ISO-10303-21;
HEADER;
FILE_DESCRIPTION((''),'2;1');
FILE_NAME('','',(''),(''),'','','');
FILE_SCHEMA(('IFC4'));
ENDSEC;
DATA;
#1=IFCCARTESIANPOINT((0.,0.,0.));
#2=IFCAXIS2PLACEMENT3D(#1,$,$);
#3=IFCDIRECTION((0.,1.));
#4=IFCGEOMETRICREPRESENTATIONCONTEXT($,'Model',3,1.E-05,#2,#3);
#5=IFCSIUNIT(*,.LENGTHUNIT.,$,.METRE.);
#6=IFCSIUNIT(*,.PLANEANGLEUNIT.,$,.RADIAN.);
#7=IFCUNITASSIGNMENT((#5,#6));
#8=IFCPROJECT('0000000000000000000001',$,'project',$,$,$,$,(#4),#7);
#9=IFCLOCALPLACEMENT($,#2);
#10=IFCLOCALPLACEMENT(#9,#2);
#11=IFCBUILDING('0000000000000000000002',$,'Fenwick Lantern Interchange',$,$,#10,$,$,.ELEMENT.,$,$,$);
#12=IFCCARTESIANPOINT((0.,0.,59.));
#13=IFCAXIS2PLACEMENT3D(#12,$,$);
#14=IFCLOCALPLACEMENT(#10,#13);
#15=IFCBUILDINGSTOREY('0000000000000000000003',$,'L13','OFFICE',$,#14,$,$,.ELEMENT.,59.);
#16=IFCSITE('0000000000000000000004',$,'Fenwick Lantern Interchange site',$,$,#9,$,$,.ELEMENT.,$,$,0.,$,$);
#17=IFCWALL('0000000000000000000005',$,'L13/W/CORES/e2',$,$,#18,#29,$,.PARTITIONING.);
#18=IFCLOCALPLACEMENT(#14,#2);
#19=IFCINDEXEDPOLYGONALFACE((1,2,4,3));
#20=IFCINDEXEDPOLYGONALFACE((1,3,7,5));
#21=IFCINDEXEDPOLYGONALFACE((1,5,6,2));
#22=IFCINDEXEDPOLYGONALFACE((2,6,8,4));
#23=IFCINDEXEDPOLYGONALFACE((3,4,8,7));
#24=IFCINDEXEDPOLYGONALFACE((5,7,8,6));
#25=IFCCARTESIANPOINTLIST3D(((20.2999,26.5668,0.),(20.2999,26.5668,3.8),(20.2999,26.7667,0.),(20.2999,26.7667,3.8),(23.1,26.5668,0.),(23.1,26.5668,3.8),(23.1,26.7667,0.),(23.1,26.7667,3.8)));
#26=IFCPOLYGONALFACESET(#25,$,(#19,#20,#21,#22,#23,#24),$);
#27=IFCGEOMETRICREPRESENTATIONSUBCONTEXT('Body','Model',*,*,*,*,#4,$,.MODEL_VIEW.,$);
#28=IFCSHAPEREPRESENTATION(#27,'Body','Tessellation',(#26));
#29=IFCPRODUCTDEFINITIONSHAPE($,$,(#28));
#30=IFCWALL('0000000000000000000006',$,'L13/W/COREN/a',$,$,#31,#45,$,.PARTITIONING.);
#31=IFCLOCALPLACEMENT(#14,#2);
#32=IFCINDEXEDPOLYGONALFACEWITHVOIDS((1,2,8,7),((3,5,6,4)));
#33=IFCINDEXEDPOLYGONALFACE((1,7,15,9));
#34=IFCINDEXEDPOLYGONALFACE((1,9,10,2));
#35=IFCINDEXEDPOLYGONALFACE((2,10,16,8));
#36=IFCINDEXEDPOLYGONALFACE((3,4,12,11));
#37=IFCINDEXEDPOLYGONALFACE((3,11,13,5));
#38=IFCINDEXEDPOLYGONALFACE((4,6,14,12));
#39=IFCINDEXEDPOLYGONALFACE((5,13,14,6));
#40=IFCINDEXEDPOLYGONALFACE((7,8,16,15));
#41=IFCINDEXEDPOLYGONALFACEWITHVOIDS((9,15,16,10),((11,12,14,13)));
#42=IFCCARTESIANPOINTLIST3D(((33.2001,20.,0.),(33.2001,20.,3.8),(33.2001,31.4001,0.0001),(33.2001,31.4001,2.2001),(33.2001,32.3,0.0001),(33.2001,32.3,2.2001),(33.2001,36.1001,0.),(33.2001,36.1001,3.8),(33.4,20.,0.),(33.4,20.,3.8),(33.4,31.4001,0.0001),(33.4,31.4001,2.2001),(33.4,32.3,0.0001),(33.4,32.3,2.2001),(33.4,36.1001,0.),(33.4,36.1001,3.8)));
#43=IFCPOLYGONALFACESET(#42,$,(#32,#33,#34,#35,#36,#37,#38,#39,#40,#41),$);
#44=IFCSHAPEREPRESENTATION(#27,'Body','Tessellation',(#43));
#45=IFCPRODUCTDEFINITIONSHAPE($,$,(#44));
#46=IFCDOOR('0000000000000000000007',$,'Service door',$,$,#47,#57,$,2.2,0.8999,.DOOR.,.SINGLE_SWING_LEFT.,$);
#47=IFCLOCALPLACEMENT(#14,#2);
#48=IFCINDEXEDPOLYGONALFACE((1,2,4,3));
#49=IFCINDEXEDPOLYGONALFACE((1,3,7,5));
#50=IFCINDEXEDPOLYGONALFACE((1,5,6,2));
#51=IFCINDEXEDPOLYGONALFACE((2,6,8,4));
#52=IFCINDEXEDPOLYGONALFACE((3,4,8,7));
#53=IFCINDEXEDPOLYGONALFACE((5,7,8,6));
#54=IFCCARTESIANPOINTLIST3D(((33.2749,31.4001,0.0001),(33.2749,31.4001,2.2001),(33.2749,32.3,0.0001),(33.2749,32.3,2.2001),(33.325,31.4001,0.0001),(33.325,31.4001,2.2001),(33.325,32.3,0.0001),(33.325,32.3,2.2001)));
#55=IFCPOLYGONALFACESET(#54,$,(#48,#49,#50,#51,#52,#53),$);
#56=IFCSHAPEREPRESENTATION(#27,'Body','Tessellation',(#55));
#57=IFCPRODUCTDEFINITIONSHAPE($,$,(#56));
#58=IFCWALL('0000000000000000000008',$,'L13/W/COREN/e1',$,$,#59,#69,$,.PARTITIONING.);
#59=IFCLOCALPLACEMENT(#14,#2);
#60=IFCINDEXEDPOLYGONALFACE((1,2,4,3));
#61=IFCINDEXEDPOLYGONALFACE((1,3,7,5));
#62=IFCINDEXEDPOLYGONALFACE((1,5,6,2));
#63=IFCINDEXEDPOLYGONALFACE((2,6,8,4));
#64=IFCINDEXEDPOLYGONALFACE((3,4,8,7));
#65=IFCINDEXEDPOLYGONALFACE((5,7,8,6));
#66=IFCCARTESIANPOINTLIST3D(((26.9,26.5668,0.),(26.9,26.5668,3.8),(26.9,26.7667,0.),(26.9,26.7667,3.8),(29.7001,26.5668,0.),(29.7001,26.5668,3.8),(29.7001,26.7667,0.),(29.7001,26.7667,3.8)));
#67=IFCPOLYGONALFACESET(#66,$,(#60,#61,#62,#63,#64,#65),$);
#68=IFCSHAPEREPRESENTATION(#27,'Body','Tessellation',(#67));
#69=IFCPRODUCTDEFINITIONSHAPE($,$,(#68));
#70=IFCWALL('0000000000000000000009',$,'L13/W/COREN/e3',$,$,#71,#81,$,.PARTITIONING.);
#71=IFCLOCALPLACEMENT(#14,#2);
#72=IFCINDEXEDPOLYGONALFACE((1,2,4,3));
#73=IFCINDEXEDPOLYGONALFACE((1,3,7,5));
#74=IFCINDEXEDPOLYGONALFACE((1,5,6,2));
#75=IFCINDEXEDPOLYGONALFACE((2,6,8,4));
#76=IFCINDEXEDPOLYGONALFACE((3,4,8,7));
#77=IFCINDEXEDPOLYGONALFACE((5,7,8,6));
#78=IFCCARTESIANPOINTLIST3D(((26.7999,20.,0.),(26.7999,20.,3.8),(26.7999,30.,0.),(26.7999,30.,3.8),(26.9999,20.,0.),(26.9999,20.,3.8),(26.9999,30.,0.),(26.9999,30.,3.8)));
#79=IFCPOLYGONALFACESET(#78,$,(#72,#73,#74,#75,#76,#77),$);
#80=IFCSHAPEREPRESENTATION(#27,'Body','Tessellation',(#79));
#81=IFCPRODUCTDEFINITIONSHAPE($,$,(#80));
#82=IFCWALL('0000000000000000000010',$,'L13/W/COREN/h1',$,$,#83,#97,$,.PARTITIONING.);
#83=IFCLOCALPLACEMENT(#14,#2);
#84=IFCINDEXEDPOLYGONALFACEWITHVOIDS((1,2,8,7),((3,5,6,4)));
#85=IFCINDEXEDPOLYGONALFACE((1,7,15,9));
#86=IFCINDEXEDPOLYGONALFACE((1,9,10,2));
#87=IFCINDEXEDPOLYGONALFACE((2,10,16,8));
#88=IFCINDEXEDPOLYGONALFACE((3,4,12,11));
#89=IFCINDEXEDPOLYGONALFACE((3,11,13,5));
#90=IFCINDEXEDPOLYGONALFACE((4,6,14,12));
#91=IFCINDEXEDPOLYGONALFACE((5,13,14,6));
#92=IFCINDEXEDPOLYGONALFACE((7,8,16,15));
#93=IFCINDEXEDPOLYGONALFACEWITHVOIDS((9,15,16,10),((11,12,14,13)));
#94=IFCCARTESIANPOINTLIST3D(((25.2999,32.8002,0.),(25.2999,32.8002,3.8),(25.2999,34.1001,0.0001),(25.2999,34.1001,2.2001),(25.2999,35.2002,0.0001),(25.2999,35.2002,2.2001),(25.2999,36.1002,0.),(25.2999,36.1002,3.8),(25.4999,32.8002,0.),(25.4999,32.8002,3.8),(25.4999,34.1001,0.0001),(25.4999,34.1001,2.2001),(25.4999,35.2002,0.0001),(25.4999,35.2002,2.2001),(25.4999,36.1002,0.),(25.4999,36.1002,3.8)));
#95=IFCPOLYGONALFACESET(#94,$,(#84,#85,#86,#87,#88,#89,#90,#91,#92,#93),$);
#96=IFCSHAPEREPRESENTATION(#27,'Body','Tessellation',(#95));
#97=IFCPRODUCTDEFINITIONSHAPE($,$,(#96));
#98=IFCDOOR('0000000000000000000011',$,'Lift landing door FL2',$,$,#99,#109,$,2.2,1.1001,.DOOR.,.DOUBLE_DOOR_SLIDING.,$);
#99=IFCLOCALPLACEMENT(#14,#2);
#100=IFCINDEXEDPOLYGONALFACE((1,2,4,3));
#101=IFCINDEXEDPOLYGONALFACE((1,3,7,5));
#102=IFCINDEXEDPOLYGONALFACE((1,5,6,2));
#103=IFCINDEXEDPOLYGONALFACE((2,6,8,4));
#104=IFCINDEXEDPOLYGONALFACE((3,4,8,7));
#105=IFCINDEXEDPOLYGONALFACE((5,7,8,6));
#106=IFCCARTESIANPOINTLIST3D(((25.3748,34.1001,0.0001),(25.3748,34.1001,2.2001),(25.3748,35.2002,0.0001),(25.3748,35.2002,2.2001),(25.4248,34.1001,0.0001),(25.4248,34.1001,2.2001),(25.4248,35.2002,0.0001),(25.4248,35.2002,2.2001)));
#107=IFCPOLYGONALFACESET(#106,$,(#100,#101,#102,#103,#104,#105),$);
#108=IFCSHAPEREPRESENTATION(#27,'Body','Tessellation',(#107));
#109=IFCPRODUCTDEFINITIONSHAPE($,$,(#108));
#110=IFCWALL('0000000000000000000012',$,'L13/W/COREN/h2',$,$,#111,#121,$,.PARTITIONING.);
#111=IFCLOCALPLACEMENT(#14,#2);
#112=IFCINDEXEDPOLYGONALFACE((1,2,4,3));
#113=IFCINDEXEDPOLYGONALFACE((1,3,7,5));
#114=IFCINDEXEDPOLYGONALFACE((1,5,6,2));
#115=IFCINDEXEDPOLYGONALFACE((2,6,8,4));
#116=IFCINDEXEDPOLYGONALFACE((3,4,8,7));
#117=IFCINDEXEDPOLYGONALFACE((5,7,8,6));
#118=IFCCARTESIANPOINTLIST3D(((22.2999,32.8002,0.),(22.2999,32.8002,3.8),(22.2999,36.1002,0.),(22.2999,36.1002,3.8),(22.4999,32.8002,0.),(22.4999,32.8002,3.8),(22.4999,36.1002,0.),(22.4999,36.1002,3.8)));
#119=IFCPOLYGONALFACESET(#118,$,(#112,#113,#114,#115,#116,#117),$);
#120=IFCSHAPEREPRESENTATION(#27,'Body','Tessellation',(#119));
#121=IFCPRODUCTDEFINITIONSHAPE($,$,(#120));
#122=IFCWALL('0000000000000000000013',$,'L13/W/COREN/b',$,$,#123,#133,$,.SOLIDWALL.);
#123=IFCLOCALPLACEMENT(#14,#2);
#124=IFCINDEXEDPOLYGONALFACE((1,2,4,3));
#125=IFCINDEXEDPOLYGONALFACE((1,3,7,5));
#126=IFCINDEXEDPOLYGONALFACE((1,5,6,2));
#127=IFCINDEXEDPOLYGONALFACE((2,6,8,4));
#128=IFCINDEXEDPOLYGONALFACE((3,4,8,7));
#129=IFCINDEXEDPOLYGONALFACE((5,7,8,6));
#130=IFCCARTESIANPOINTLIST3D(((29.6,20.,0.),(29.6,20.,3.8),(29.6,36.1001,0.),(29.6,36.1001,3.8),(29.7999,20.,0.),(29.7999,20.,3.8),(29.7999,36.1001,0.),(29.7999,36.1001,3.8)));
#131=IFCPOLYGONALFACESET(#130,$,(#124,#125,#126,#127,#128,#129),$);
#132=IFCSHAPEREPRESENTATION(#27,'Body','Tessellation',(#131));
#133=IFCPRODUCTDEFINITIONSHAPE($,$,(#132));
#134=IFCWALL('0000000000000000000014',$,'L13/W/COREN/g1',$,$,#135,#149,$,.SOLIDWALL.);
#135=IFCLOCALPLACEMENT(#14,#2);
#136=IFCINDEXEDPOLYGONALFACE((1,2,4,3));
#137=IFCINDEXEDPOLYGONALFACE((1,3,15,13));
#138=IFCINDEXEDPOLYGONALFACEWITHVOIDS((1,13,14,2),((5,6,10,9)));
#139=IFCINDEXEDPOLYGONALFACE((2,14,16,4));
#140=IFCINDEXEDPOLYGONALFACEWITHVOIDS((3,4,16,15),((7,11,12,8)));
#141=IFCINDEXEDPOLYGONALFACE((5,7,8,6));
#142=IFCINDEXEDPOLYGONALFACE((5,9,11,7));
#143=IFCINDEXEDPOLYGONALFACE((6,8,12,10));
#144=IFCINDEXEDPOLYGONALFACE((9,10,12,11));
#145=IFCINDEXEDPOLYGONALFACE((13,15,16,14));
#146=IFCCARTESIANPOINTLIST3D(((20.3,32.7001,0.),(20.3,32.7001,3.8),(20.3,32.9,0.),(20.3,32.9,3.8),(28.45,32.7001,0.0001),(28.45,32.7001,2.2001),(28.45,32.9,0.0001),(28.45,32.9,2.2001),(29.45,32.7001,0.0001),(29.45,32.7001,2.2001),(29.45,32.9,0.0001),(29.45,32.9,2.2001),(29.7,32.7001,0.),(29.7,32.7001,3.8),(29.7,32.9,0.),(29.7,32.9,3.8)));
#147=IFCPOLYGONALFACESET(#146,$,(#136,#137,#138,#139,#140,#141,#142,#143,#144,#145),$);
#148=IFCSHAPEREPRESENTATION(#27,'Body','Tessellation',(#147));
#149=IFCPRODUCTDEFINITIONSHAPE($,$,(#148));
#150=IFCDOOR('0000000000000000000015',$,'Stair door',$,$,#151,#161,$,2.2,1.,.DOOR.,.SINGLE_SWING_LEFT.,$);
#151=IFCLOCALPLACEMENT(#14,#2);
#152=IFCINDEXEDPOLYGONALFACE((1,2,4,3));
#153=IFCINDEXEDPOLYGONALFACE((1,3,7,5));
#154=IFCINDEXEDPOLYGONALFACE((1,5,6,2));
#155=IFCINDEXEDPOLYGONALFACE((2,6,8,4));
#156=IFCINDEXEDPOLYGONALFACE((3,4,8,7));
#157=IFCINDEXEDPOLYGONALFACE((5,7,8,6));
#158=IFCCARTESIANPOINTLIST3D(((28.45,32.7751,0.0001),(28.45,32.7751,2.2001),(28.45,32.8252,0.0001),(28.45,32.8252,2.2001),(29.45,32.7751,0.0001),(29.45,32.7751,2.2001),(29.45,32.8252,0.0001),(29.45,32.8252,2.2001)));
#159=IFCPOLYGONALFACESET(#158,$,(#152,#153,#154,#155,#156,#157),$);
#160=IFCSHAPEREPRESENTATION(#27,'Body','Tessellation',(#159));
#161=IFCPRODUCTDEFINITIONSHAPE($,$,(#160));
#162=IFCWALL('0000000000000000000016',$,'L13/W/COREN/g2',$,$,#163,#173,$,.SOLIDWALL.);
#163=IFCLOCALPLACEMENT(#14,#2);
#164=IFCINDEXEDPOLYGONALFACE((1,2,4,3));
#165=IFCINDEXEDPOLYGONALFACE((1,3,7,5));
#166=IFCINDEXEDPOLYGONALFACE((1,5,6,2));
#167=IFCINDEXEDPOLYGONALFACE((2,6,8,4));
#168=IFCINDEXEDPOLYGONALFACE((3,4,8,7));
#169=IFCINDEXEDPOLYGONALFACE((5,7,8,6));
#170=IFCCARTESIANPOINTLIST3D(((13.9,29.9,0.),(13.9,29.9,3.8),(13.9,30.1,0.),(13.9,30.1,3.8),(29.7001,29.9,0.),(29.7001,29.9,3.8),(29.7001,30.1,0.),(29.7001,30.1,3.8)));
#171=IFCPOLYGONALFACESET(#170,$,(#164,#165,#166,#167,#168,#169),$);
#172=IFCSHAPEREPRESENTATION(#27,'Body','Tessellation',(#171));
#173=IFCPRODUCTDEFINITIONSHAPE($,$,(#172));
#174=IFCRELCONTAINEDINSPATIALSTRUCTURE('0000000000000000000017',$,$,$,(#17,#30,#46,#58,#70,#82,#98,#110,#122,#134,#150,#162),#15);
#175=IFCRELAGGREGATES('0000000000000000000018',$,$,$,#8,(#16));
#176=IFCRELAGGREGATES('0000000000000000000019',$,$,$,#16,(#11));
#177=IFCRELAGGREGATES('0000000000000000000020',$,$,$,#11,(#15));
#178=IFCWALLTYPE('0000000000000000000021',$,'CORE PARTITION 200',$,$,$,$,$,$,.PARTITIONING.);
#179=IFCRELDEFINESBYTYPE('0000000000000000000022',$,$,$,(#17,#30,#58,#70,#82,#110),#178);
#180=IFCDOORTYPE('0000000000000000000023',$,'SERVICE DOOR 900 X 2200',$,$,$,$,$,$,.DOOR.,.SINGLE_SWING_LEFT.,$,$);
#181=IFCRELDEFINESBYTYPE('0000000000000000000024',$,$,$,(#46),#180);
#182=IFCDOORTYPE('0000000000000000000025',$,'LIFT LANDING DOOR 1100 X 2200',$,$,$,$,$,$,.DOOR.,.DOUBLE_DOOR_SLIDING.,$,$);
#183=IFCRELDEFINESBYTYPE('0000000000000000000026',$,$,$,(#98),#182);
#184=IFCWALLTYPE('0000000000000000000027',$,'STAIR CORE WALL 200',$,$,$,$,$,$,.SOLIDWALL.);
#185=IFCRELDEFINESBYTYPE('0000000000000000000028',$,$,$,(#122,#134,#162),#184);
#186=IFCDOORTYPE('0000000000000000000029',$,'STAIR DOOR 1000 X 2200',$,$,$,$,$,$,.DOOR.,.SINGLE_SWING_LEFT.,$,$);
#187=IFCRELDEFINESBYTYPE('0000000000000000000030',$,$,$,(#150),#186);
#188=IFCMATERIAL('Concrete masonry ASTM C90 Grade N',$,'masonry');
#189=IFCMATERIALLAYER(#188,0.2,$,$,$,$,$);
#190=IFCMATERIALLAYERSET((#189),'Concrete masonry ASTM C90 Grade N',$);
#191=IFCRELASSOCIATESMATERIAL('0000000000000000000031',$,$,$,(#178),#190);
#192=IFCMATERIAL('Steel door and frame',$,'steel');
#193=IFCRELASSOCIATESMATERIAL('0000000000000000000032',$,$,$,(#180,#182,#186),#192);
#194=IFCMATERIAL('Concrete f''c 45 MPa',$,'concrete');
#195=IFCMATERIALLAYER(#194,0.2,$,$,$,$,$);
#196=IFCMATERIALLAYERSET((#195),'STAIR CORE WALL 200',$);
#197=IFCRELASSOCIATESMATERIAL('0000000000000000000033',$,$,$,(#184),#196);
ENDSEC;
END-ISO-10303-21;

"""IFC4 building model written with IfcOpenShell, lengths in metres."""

from ifc_helpers import new_model, si_unit, direction, frame, frame_2d, origin, place, context, subcontext, project, spatial, rectangle, extrude, material, layer, layer_set, type_object, element, fill, save


model = new_model("IFC4")

# Units and contexts
model_context = context("Model", 3, precision=1e-05, world=origin(), true_north=direction((0.0, 1.0)))
body_context = subcontext(model_context, "Body", "Model", "MODEL_VIEW")
ifc_project = project(units=[si_unit("LENGTHUNIT", "METRE"), si_unit("PLANEANGLEUNIT", "RADIAN")], contexts=[model_context])

# Site, building, storey
site_placement = place(None, origin())
site = spatial("IfcSite", under=ifc_project, at=site_placement, Name="Fenwick Lantern Interchange site", CompositionType="ELEMENT", RefElevation=0.0)
building_placement = place(site_placement, origin())
building = spatial("IfcBuilding", under=site, at=building_placement, Name="Fenwick Lantern Interchange", CompositionType="ELEMENT")
storey_placement = place(building_placement, frame((0.0, 0.0, 59.0)))
storey = spatial("IfcBuildingStorey", under=building, at=storey_placement, Name="L13", Description="OFFICE", CompositionType="ELEMENT", Elevation=59.0)

# Wall
ifc_material_1 = material(Name="Concrete masonry ASTM C90 Grade N", Category="masonry")
ifc_layer_1 = layer(ifc_material_1, 0.2)
ifc_layer_set_1 = layer_set([ifc_layer_1], Name="Concrete masonry ASTM C90 Grade N")
wall_type_1 = type_object("IfcWallType", Name="CORE PARTITION 200", PredefinedType="PARTITIONING", material=ifc_layer_set_1)
wall_1_placement = place(storey_placement, frame((20.3, 26.6667, 0.0), z_axis=(0.0, 0.0, 1.0), x_axis=(1.0, 0.0, 0.0)))
element("IfcWall", 1, at=wall_1_placement, inside=storey, type_object=wall_type_1, Name="L13/W/CORES/e2", PredefinedType="PARTITIONING", context=body_context, shape_type="SweptSolid", body=[
    extrude(rectangle(XDim=2.8, YDim=0.2, at=frame_2d((1.3999, 0.0))), origin(), (0.0, 0.0, 1.0), 3.8),
])

# Wall, opening, door
wall_2_placement = place(storey_placement, frame((33.3, 36.1001, 0.0), z_axis=(0.0, 0.0, 1.0), x_axis=(0.0, -1.0, 0.0)))
wall_2 = element("IfcWall", 2, at=wall_2_placement, inside=storey, type_object=wall_type_1, Name="L13/W/COREN/a", PredefinedType="PARTITIONING", context=body_context, shape_type="SweptSolid", body=[
    extrude(rectangle(XDim=16.1001, YDim=0.2, at=frame_2d((8.05, 0.0))), origin(), (0.0, 0.0, 1.0), 3.8),
])
opening_1_placement = place(wall_2_placement, frame((3.8, 0.0, 0.0)))
opening_1 = element("IfcOpeningElement", 3, at=opening_1_placement, cuts=wall_2, PredefinedType="OPENING", context=body_context, shape_type="SweptSolid", body=[
    extrude(rectangle(XDim=0.8999, YDim=2.2, at=frame_2d((0.45, 1.1001))), frame((0.0, 0.1099, 0.0), z_axis=(0.0, -1.0, 0.0), x_axis=(1.0, 0.0, 0.0)), (0.0, 0.0, 1.0), 0.22),
])
ifc_material_2 = material(Name="Steel door and frame", Category="steel")
door_type_1 = type_object("IfcDoorType", Name="SERVICE DOOR 900 X 2200", OperationType="SINGLE_SWING_LEFT", PredefinedType="DOOR", material=ifc_material_2)
door_1_placement = place(opening_1_placement, origin())
door_1 = element("IfcDoor", 4, at=door_1_placement, inside=storey, type_object=door_type_1, Name="Service door", OperationType="SINGLE_SWING_LEFT", OverallHeight=2.2, OverallWidth=0.8999, PredefinedType="DOOR", context=body_context, shape_type="SweptSolid", body=[
    extrude(rectangle(XDim=0.8999, YDim=2.2, at=frame_2d((0.45, 1.1001))), frame((0.0, 0.0249, 0.0), z_axis=(0.0, -1.0, 0.0), x_axis=(1.0, 0.0, 0.0)), (0.0, 0.0, 1.0), 0.05),
])
fill(opening_1, door_1)

# Walls
wall_3_placement = place(storey_placement, frame((29.7, 26.6667, 0.0), z_axis=(0.0, 0.0, 1.0), x_axis=(-1.0, 0.0, 0.0)))
element("IfcWall", 5, at=wall_3_placement, inside=storey, type_object=wall_type_1, Name="L13/W/COREN/e1", PredefinedType="PARTITIONING", context=body_context, shape_type="SweptSolid", body=[
    extrude(rectangle(XDim=2.8, YDim=0.2, at=frame_2d((1.3999, 0.0))), origin(), (0.0, 0.0, 1.0), 3.8),
])
wall_4_placement = place(storey_placement, frame((26.8999, 30.0, 0.0), z_axis=(0.0, 0.0, 1.0), x_axis=(0.0, -1.0, 0.0)))
element("IfcWall", 6, at=wall_4_placement, inside=storey, type_object=wall_type_1, Name="L13/W/COREN/e3", PredefinedType="PARTITIONING", context=body_context, shape_type="SweptSolid", body=[
    extrude(rectangle(XDim=10.0, YDim=0.2, at=frame_2d((5.0, 0.0))), origin(), (0.0, 0.0, 1.0), 3.8),
])

# Wall, opening, door
wall_5_placement = place(storey_placement, frame((25.3999, 36.1001, 0.0), z_axis=(0.0, 0.0, 1.0), x_axis=(0.0, -1.0, 0.0)))
wall_5 = element("IfcWall", 7, at=wall_5_placement, inside=storey, type_object=wall_type_1, Name="L13/W/COREN/h1", PredefinedType="PARTITIONING", context=body_context, shape_type="SweptSolid", body=[
    extrude(rectangle(XDim=3.3, YDim=0.2, at=frame_2d((1.6499, 0.0))), origin(), (0.0, 0.0, 1.0), 3.8),
])
opening_2_placement = place(wall_5_placement, frame((0.8999, 0.0, 0.0)))
opening_2 = element("IfcOpeningElement", 8, at=opening_2_placement, cuts=wall_5, PredefinedType="OPENING", context=body_context, shape_type="SweptSolid", body=[
    extrude(rectangle(XDim=1.1001, YDim=2.2, at=frame_2d((0.55, 1.1001))), frame((0.0, 0.1099, 0.0), z_axis=(0.0, -1.0, 0.0), x_axis=(1.0, 0.0, 0.0)), (0.0, 0.0, 1.0), 0.22),
])
door_type_2 = type_object("IfcDoorType", Name="LIFT LANDING DOOR 1100 X 2200", OperationType="DOUBLE_DOOR_SLIDING", PredefinedType="DOOR", material=ifc_material_2)
door_2_placement = place(opening_2_placement, origin())
door_2 = element("IfcDoor", 9, at=door_2_placement, inside=storey, type_object=door_type_2, Name="Lift landing door FL2", OperationType="DOUBLE_DOOR_SLIDING", OverallHeight=2.2, OverallWidth=1.1001, PredefinedType="DOOR", context=body_context, shape_type="SweptSolid", body=[
    extrude(rectangle(XDim=1.1001, YDim=2.2, at=frame_2d((0.55, 1.1001))), frame((0.0, 0.0249, 0.0), z_axis=(0.0, -1.0, 0.0), x_axis=(1.0, 0.0, 0.0)), (0.0, 0.0, 1.0), 0.05),
])
fill(opening_2, door_2)

# Walls
wall_6_placement = place(storey_placement, frame((22.3999, 36.1001, 0.0), z_axis=(0.0, 0.0, 1.0), x_axis=(0.0, -1.0, 0.0)))
element("IfcWall", 10, at=wall_6_placement, inside=storey, type_object=wall_type_1, Name="L13/W/COREN/h2", PredefinedType="PARTITIONING", context=body_context, shape_type="SweptSolid", body=[
    extrude(rectangle(XDim=3.3, YDim=0.2, at=frame_2d((1.6499, 0.0))), origin(), (0.0, 0.0, 1.0), 3.8),
])
ifc_material_3 = material(Name="Concrete f'c 45 MPa", Category="concrete")
ifc_layer_2 = layer(ifc_material_3, 0.2)
ifc_layer_set_2 = layer_set([ifc_layer_2], Name="STAIR CORE WALL 200")
wall_type_2 = type_object("IfcWallType", Name="STAIR CORE WALL 200", PredefinedType="SOLIDWALL", material=ifc_layer_set_2)
wall_7_placement = place(storey_placement, frame((29.7, 36.1001, 0.0), z_axis=(0.0, 0.0, 1.0), x_axis=(0.0, -1.0, 0.0)))
element("IfcWall", 11, at=wall_7_placement, inside=storey, type_object=wall_type_2, Name="L13/W/COREN/b", PredefinedType="SOLIDWALL", context=body_context, shape_type="SweptSolid", body=[
    extrude(rectangle(XDim=16.1001, YDim=0.2, at=frame_2d((8.05, 0.0))), origin(), (0.0, 0.0, 1.0), 3.8),
])

# Wall, opening, door
wall_8_placement = place(storey_placement, frame((29.7, 32.8, 0.0), z_axis=(0.0, 0.0, 1.0), x_axis=(-1.0, 0.0, 0.0)))
wall_8 = element("IfcWall", 12, at=wall_8_placement, inside=storey, type_object=wall_type_2, Name="L13/W/COREN/g1", PredefinedType="SOLIDWALL", context=body_context, shape_type="SweptSolid", body=[
    extrude(rectangle(XDim=9.3999, YDim=0.2, at=frame_2d((4.7, 0.0))), origin(), (0.0, 0.0, 1.0), 3.8),
])
opening_3_placement = place(wall_8_placement, frame((0.25, 0.0, 0.0)))
opening_3 = element("IfcOpeningElement", 13, at=opening_3_placement, cuts=wall_8, PredefinedType="OPENING", context=body_context, shape_type="SweptSolid", body=[
    extrude(rectangle(XDim=1.0, YDim=2.2, at=frame_2d((0.5, 1.1001))), frame((0.0, 0.1099, 0.0), z_axis=(0.0, -1.0, 0.0), x_axis=(1.0, 0.0, 0.0)), (0.0, 0.0, 1.0), 0.22),
])
door_type_3 = type_object("IfcDoorType", Name="STAIR DOOR 1000 X 2200", OperationType="SINGLE_SWING_LEFT", PredefinedType="DOOR", material=ifc_material_2)
door_3_placement = place(opening_3_placement, origin())
door_3 = element("IfcDoor", 14, at=door_3_placement, inside=storey, type_object=door_type_3, Name="Stair door", OperationType="SINGLE_SWING_LEFT", OverallHeight=2.2, OverallWidth=1.0, PredefinedType="DOOR", context=body_context, shape_type="SweptSolid", body=[
    extrude(rectangle(XDim=1.0, YDim=2.2, at=frame_2d((0.5, 1.1001))), frame((0.0, 0.0249, 0.0), z_axis=(0.0, -1.0, 0.0), x_axis=(1.0, 0.0, 0.0)), (0.0, 0.0, 1.0), 0.05),
])
fill(opening_3, door_3)

# Wall
wall_9_placement = place(storey_placement, frame((29.7, 30.0, 0.0), z_axis=(0.0, 0.0, 1.0), x_axis=(-1.0, 0.0, 0.0)))
element("IfcWall", 15, at=wall_9_placement, inside=storey, type_object=wall_type_2, Name="L13/W/COREN/g2", PredefinedType="SOLIDWALL", context=body_context, shape_type="SweptSolid", body=[
    extrude(rectangle(XDim=15.8, YDim=0.2, at=frame_2d((7.8999, 0.0))), origin(), (0.0, 0.0, 1.0), 3.8),
])

save(model, "model.ifc")
